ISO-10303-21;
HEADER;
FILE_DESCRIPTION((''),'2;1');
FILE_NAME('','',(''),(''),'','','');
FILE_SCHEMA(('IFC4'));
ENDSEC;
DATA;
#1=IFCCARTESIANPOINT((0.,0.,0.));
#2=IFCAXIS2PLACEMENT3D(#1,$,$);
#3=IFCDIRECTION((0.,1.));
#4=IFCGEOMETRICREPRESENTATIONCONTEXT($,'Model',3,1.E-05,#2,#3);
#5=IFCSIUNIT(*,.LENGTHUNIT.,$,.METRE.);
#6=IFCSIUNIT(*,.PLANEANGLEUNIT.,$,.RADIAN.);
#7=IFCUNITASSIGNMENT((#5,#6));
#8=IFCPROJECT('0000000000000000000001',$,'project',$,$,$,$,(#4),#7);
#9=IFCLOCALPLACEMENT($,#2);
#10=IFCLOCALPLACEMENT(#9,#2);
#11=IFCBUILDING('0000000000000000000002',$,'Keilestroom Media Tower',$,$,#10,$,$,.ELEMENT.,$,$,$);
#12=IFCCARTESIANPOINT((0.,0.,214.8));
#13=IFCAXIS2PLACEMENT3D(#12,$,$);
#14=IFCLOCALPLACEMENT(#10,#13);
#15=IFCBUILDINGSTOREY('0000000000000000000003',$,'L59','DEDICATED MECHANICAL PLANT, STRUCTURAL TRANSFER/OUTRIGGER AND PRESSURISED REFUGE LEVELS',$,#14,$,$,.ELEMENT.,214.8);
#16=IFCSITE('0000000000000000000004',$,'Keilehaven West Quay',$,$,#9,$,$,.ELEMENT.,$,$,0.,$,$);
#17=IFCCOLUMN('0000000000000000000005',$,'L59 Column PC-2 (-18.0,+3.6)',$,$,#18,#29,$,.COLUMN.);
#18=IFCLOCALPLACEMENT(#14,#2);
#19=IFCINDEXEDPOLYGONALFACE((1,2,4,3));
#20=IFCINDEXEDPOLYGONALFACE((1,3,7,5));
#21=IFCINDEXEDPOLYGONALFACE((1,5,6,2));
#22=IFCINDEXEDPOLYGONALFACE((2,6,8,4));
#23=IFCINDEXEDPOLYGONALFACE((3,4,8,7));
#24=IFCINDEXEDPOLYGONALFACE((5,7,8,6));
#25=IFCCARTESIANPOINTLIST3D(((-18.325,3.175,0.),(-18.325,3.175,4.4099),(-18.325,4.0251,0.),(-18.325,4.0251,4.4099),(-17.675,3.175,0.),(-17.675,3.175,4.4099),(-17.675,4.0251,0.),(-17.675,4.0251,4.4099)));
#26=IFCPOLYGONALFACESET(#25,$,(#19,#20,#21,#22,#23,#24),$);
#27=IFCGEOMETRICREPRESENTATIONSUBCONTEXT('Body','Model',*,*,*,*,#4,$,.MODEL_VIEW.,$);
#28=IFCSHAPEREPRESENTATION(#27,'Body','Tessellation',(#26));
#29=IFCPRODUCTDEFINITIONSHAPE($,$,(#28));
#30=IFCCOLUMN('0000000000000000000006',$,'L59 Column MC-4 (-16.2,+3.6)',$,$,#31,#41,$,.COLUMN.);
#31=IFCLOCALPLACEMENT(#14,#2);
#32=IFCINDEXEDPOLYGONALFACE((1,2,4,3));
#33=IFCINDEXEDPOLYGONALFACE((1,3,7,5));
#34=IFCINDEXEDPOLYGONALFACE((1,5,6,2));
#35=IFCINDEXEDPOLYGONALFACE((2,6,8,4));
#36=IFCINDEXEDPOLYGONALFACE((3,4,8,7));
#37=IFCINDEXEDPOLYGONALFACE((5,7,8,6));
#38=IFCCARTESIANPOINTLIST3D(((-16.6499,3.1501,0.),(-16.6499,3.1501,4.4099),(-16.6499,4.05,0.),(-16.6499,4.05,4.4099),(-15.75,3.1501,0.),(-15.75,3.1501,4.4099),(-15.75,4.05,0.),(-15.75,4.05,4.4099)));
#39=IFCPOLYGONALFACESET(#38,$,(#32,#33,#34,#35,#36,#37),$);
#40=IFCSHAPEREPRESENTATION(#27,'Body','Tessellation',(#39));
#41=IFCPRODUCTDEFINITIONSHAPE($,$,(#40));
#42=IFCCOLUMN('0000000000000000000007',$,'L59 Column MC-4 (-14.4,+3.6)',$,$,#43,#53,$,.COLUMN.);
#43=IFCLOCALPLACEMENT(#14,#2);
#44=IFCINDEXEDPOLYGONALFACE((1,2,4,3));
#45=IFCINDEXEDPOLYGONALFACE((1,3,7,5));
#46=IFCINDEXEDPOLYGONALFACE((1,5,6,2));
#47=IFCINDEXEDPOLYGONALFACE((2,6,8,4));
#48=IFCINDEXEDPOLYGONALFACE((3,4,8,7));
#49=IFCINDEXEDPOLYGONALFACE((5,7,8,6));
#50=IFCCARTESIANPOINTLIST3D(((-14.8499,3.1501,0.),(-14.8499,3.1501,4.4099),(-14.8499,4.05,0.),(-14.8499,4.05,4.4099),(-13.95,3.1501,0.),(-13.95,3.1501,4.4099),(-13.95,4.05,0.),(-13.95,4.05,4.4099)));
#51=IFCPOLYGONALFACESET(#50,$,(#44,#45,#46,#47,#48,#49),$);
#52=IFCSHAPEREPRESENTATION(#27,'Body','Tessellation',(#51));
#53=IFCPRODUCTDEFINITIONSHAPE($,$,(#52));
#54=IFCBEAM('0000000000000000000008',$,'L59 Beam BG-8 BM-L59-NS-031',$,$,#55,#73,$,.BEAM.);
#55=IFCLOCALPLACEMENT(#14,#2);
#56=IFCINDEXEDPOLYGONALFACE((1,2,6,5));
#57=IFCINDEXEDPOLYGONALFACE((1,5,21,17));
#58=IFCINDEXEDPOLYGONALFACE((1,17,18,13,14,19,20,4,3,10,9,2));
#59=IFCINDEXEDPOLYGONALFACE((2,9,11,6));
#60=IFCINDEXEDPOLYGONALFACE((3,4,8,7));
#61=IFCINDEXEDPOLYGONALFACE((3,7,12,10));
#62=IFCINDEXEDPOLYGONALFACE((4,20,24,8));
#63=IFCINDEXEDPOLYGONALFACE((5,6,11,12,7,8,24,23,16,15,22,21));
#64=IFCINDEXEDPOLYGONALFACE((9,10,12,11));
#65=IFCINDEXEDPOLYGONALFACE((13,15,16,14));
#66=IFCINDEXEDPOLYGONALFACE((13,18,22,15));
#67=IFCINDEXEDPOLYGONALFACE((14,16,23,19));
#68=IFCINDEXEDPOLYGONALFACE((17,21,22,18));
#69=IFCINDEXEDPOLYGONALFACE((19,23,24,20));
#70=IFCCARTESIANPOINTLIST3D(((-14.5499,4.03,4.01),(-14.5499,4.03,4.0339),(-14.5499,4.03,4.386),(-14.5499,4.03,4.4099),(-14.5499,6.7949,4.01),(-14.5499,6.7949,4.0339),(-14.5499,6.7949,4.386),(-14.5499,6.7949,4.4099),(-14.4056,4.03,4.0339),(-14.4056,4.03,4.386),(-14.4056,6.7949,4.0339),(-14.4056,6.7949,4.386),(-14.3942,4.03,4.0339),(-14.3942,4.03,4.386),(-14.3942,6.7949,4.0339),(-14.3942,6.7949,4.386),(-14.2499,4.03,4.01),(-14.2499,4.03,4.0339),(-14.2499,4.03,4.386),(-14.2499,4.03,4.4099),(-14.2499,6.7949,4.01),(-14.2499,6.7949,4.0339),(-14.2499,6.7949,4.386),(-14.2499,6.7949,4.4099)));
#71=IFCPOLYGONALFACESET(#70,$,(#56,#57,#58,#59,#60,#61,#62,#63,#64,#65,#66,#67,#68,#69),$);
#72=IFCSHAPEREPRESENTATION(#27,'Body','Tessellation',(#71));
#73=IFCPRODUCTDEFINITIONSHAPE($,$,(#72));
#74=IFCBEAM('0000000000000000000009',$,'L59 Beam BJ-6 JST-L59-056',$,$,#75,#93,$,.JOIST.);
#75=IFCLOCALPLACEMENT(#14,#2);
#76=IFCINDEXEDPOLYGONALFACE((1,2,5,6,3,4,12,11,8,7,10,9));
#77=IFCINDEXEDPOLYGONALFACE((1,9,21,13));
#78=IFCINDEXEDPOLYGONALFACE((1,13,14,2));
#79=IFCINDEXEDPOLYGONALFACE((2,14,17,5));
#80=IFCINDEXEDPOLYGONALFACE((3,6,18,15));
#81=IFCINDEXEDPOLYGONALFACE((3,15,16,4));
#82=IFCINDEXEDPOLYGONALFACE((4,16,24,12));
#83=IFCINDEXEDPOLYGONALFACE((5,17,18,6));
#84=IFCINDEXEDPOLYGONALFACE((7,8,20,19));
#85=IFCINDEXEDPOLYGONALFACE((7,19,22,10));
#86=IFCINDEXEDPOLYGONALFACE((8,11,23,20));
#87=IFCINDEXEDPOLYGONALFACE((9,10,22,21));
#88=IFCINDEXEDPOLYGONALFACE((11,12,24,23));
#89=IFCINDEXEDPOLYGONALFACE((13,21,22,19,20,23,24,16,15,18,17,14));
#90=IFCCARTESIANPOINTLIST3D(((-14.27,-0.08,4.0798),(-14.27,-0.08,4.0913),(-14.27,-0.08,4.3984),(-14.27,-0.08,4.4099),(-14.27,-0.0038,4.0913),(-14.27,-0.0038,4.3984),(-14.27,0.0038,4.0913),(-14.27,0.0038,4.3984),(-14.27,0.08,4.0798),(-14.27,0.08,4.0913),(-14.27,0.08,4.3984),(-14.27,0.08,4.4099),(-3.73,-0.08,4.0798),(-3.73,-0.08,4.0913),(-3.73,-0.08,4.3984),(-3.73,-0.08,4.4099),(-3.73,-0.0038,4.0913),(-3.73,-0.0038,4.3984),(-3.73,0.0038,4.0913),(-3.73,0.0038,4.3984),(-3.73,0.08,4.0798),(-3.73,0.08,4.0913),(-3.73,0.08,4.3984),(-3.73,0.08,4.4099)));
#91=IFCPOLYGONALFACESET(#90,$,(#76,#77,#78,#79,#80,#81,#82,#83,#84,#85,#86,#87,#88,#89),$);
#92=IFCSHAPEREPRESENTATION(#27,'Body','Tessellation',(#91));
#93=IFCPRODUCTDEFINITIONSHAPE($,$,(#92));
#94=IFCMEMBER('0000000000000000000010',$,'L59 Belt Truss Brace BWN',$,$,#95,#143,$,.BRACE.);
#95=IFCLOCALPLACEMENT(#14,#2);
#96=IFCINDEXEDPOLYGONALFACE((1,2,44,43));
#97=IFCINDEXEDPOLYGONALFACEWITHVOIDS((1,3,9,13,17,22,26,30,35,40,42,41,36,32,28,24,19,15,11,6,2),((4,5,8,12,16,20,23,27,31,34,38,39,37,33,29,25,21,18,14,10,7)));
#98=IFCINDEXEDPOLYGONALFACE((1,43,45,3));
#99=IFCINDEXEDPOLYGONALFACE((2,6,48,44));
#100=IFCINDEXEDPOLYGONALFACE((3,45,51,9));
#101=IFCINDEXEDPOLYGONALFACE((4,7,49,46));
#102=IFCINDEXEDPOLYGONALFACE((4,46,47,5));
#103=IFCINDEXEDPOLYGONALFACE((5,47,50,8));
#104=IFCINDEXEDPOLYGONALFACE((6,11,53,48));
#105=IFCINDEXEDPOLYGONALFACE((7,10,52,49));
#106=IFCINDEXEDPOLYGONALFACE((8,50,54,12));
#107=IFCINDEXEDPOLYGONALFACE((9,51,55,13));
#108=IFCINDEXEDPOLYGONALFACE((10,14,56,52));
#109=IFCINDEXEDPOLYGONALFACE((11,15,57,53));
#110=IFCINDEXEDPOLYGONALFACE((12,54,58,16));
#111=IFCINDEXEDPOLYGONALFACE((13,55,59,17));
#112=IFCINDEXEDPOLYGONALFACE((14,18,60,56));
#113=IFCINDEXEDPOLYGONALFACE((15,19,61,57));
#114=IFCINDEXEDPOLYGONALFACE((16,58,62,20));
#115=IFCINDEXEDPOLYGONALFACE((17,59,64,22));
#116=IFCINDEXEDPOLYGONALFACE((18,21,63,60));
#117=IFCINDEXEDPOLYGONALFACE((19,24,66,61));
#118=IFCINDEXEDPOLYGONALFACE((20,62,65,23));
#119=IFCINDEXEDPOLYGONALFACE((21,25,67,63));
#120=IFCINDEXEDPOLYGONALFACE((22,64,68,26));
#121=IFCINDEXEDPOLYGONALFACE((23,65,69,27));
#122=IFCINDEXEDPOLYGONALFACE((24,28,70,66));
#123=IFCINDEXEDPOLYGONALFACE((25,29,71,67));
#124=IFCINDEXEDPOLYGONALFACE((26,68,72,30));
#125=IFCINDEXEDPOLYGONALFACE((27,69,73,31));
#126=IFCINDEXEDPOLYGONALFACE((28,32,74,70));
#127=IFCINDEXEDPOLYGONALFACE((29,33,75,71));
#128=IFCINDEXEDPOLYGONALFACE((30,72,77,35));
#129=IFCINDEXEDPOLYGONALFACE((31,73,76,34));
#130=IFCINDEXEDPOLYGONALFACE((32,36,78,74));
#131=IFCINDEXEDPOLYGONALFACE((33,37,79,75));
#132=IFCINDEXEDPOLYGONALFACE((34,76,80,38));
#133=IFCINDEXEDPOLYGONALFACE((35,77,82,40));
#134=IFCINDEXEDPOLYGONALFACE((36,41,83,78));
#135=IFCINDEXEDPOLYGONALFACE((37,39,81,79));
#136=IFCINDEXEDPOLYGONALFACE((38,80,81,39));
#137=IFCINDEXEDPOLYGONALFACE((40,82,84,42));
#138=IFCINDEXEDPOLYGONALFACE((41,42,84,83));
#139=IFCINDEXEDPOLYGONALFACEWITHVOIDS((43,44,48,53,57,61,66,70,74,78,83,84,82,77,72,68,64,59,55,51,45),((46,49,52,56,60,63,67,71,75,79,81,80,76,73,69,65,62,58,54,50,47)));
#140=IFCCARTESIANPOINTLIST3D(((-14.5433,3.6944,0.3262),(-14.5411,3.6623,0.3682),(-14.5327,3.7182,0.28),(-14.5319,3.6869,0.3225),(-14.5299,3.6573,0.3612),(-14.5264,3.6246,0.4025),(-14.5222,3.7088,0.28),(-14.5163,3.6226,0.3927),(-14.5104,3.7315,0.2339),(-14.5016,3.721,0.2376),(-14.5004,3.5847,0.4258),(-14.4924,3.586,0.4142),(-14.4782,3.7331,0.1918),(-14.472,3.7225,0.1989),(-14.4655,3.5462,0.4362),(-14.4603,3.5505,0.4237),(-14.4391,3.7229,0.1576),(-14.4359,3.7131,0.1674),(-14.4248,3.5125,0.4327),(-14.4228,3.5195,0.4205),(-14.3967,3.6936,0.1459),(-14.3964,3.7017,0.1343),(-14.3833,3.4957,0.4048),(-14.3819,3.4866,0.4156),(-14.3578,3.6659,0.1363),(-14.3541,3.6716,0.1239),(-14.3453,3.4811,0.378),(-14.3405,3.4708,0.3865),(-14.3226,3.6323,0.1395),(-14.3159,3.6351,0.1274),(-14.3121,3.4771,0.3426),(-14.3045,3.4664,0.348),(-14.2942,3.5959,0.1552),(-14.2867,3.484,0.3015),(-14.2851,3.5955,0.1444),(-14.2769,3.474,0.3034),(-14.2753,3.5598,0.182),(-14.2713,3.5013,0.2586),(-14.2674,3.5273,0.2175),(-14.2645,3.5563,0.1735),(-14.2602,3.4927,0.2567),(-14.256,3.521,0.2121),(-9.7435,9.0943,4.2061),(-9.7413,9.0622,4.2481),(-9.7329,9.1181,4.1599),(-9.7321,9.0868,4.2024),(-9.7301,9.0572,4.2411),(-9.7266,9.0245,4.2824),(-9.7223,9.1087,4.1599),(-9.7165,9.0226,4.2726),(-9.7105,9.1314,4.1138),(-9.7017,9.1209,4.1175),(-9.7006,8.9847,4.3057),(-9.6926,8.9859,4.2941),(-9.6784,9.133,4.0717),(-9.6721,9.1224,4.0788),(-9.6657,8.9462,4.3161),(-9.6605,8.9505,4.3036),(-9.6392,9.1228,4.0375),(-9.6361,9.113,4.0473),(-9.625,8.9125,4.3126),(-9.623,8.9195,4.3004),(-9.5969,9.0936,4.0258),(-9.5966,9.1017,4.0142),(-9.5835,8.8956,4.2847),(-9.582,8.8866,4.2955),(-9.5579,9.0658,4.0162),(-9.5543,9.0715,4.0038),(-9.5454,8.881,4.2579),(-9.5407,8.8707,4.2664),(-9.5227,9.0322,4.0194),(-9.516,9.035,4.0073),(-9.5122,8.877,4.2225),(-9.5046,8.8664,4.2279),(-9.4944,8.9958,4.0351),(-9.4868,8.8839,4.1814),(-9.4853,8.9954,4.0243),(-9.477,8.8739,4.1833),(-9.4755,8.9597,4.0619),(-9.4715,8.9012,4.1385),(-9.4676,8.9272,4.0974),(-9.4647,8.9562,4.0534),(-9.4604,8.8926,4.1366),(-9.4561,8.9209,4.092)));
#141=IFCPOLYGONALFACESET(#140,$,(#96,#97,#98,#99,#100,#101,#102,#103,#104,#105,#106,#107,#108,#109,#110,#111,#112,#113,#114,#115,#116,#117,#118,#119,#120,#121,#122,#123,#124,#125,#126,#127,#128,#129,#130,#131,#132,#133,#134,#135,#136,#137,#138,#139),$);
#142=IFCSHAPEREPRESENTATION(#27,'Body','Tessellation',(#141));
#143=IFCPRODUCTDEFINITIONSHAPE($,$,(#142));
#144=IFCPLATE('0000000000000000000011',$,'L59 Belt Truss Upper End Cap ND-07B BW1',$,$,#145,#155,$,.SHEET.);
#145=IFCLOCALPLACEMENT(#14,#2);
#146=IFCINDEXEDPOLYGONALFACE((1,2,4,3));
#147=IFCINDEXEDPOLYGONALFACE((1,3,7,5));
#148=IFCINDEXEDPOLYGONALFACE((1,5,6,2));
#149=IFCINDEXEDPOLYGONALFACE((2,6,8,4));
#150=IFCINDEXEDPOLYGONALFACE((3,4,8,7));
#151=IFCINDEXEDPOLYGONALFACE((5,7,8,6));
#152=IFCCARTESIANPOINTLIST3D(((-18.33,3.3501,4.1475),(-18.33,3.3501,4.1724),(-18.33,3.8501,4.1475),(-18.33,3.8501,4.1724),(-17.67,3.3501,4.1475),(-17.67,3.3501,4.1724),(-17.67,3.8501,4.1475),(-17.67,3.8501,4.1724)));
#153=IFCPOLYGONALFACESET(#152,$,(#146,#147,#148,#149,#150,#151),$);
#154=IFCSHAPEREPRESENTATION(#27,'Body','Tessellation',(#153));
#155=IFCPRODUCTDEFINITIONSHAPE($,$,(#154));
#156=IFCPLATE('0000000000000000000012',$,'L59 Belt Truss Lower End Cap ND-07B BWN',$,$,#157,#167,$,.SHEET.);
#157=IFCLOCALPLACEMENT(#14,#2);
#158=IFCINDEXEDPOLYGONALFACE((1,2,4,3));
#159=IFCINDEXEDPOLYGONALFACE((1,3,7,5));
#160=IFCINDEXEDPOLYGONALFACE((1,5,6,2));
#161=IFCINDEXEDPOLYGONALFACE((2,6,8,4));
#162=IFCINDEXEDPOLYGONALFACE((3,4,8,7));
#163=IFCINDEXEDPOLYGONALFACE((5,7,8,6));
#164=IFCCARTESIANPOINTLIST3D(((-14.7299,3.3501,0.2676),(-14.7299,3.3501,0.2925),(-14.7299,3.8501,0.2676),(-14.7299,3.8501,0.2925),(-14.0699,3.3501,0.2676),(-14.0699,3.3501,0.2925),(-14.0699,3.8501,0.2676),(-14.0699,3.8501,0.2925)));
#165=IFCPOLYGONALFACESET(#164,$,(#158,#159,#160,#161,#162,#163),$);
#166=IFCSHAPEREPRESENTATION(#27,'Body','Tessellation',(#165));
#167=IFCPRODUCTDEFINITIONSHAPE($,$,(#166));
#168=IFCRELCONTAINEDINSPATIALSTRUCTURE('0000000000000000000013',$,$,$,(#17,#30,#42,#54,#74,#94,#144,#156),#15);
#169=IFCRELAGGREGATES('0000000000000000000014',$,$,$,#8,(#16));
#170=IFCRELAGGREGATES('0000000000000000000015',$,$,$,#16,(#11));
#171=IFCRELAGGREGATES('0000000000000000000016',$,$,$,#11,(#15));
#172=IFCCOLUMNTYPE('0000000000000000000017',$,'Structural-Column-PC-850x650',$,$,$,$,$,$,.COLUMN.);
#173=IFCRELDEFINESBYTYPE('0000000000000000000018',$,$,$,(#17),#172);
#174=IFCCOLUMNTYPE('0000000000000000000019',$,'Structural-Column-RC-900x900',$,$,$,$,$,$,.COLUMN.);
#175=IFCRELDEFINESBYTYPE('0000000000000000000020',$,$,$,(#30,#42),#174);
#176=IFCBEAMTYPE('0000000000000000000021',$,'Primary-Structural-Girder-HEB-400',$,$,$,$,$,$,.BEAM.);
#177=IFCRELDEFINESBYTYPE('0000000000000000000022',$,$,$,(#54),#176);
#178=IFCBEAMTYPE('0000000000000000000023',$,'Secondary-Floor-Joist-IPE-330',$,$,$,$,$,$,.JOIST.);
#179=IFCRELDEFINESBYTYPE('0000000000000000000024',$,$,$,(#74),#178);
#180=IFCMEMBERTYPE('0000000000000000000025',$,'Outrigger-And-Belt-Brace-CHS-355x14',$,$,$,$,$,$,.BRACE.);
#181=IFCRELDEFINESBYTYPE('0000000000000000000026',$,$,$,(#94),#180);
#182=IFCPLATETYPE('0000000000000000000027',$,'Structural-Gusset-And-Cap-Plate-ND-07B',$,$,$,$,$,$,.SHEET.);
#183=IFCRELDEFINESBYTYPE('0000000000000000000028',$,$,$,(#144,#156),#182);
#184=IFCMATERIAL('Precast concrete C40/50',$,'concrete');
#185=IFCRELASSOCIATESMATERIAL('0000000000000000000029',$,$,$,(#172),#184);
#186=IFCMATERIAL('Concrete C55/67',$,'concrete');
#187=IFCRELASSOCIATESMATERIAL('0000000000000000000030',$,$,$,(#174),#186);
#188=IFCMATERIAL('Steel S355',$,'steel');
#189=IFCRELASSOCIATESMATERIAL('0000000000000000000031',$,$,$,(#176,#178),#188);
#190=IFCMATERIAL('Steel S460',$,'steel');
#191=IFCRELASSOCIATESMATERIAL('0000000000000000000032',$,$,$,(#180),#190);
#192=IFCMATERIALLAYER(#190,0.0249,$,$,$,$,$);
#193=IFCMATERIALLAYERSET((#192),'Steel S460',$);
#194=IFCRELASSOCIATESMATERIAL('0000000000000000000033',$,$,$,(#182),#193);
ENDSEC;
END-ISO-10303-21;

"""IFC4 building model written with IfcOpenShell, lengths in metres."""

from ifc_helpers import new_model, si_unit, direction, frame, origin, origin_2d, place, context, subcontext, project, spatial, rectangle, hollow_circle, i_section, extrude, source, transform, mapped, material, layer, layer_set, material_profile, profile_set, type_object, element, save


model = new_model("IFC4")

# Units and contexts
model_context = context("Model", 3, precision=1e-05, world=origin(), true_north=direction((0.0, 1.0)))
body_context = subcontext(model_context, "Body", "Model", "MODEL_VIEW")
ifc_project = project(units=[si_unit("LENGTHUNIT", "METRE"), si_unit("PLANEANGLEUNIT", "RADIAN")], contexts=[model_context])

# Site, building, storey
site_placement = place(None, origin())
site = spatial("IfcSite", under=ifc_project, at=site_placement, Name="Keilehaven West Quay", CompositionType="ELEMENT", RefElevation=0.0)
building_placement = place(site_placement, origin())
building = spatial("IfcBuilding", under=site, at=building_placement, Name="Keilestroom Media Tower", CompositionType="ELEMENT")
storey_placement = place(building_placement, frame((0.0, 0.0, 214.8)))
storey = spatial("IfcBuildingStorey", under=building, at=storey_placement, Name="L59", Description="DEDICATED MECHANICAL PLANT, STRUCTURAL TRANSFER/OUTRIGGER AND PRESSURISED REFUGE LEVELS", CompositionType="ELEMENT", Elevation=214.8)

# Columns
ifc_material_1 = material(Name="Precast concrete C40/50", Category="concrete")
ifc_material_profile_1 = material_profile(ifc_material_1, rectangle(XDim=0.6499, YDim=0.8501, at=origin_2d()), Name="PC 850x650")
ifc_profile_set_1 = profile_set([ifc_material_profile_1], Name="Precast concrete C40/50")
column_type_1 = type_object("IfcColumnType", Name="Structural-Column-PC-850x650", PredefinedType="COLUMN", material=ifc_profile_set_1)
shared_shape_1 = source(origin(), body_context, "Body", "SweptSolid", [
    extrude(rectangle(XDim=0.6499, YDim=0.8501, at=origin_2d()), origin(), (0.0, 0.0, 1.0), 4.4099),
])
column_placement = place(storey_placement, frame((-18.0, 3.6001, 0.0), z_axis=(0.0, 0.0, 1.0), x_axis=(1.0, 0.0, 0.0)))
element("IfcColumn", 1, at=column_placement, inside=storey, type_object=column_type_1, Name="L59 Column PC-2 (-18.0,+3.6)", PredefinedType="COLUMN", context=body_context, shape_type="MappedRepresentation", body=[
    mapped(shared_shape_1, transform((0.0, 0.0, 0.0), x_axis=(1.0, 0.0, 0.0), y_axis=(0.0, 1.0, 0.0), z_axis=(0.0, 0.0, 1.0), scale=1.0)),
])
ifc_material_2 = material(Name="Concrete C55/67", Category="concrete")
ifc_material_profile_2 = material_profile(ifc_material_2, rectangle(XDim=0.8999, YDim=0.8999, at=origin_2d()), Name="RC 900x900")
ifc_profile_set_2 = profile_set([ifc_material_profile_2], Name="Concrete C55/67")
column_type_2 = type_object("IfcColumnType", Name="Structural-Column-RC-900x900", PredefinedType="COLUMN", material=ifc_profile_set_2)
shared_shape_2 = source(origin(), body_context, "Body", "SweptSolid", [
    extrude(rectangle(XDim=0.8999, YDim=0.8999, at=origin_2d()), origin(), (0.0, 0.0, 1.0), 4.4099),
])
for number, where, z_axis, x_axis, name in (
    (2, (-16.2, 3.6001, 0.0), (0.0, 0.0, 1.0), (1.0, 0.0, 0.0), "L59 Column MC-4 (-16.2,+3.6)"),
    (3, (-14.3999, 3.6001, 0.0), (0.0, 0.0, 1.0), (1.0, 0.0, 0.0), "L59 Column MC-4 (-14.4,+3.6)"),
):
    element("IfcColumn", number, at=place(storey_placement, frame(where, z_axis=z_axis, x_axis=x_axis)), inside=storey, type_object=column_type_2, Name=name, PredefinedType="COLUMN", context=body_context, shape_type="MappedRepresentation", body=[
        mapped(shared_shape_2, transform((0.0, 0.0, 0.0), x_axis=(1.0, 0.0, 0.0), y_axis=(0.0, 1.0, 0.0), z_axis=(0.0, 0.0, 1.0), scale=1.0)),
    ])

# Beams
ifc_material_3 = material(Name="Steel S355", Category="steel")
ifc_material_profile_3 = material_profile(ifc_material_3, i_section(OverallWidth=0.3, OverallDepth=0.3999, WebThickness=0.0115, FlangeThickness=0.0239, at=origin_2d()), Name="HEB 400")
ifc_profile_set_3 = profile_set([ifc_material_profile_3], Name="Steel S355")
beam_type_1 = type_object("IfcBeamType", Name="Primary-Structural-Girder-HEB-400", PredefinedType="BEAM", material=ifc_profile_set_3)
shared_shape_3 = source(origin(), body_context, "Body", "SweptSolid", [
    extrude(i_section(OverallWidth=0.3, OverallDepth=0.3999, WebThickness=0.0115, FlangeThickness=0.0239, at=origin_2d()), origin(), (0.0, 0.0, 1.0), 2.7649),
])
beam_1_placement = place(storey_placement, frame((-14.3999, 4.03, 4.21), z_axis=(0.0, 1.0, 0.0), x_axis=(-1.0, 0.0, 0.0)))
element("IfcBeam", 4, at=beam_1_placement, inside=storey, type_object=beam_type_1, Name="L59 Beam BG-8 BM-L59-NS-031", PredefinedType="BEAM", context=body_context, shape_type="MappedRepresentation", body=[
    mapped(shared_shape_3, transform((0.0, 0.0, 0.0), x_axis=(1.0, 0.0, 0.0), y_axis=(0.0, 1.0, 0.0), z_axis=(0.0, 0.0, 1.0), scale=1.0)),
])
ifc_material_profile_4 = material_profile(ifc_material_3, i_section(OverallWidth=0.1599, OverallDepth=0.3301, WebThickness=0.0076, FlangeThickness=0.0115, at=origin_2d()), Name="IPE 330")
ifc_profile_set_4 = profile_set([ifc_material_profile_4], Name="Steel S355")
beam_type_2 = type_object("IfcBeamType", Name="Secondary-Floor-Joist-IPE-330", PredefinedType="JOIST", material=ifc_profile_set_4)
shared_shape_4 = source(origin(), body_context, "Body", "SweptSolid", [
    extrude(i_section(OverallWidth=0.1599, OverallDepth=0.3301, WebThickness=0.0076, FlangeThickness=0.0115, at=origin_2d()), origin(), (0.0, 0.0, 1.0), 10.54),
])
beam_2_placement = place(storey_placement, frame((-14.27, 0.0, 4.2449), z_axis=(1.0, 0.0, 0.0), x_axis=(0.0, 1.0, 0.0)))
element("IfcBeam", 5, at=beam_2_placement, inside=storey, type_object=beam_type_2, Name="L59 Beam BJ-6 JST-L59-056", PredefinedType="JOIST", context=body_context, shape_type="MappedRepresentation", body=[
    mapped(shared_shape_4, transform((0.0, 0.0, 0.0), x_axis=(1.0, 0.0, 0.0), y_axis=(0.0, 1.0, 0.0), z_axis=(0.0, 0.0, 1.0), scale=1.0)),
])

# Member
ifc_material_4 = material(Name="Steel S460", Category="steel")
ifc_material_profile_5 = material_profile(ifc_material_4, hollow_circle(Radius=0.1777, WallThickness=0.0142, at=origin_2d()), Name="CHS 355.6x14.2")
ifc_profile_set_5 = profile_set([ifc_material_profile_5], Name="Steel S460")
member_type = type_object("IfcMemberType", Name="Outrigger-And-Belt-Brace-CHS-355x14", PredefinedType="BRACE", material=ifc_profile_set_5)
shared_shape_5 = source(origin(), body_context, "Body", "SweptSolid", [
    extrude(hollow_circle(Radius=0.1777, WallThickness=0.0142, at=origin_2d()), origin(), (0.0, 0.0, 1.0), 8.2007),
])
member_placement = place(storey_placement, frame((-14.3999, 3.6001, 0.28), z_axis=(0.585296, 0.658473, 0.473119), x_axis=(-0.747417, 0.664355, 0.0)))
element("IfcMember", 6, at=member_placement, inside=storey, type_object=member_type, Name="L59 Belt Truss Brace BWN", PredefinedType="BRACE", context=body_context, shape_type="MappedRepresentation", body=[
    mapped(shared_shape_5, transform((0.0, 0.0, 0.0), x_axis=(1.0, 0.0, 0.0), y_axis=(0.0, 1.0, 0.0), z_axis=(0.0, 0.0, 1.0), scale=1.0)),
])

# Plates
ifc_layer_1 = layer(ifc_material_4, 0.0249)
ifc_layer_set_1 = layer_set([ifc_layer_1], Name="Steel S460")
plate_type = type_object("IfcPlateType", Name="Structural-Gusset-And-Cap-Plate-ND-07B", PredefinedType="SHEET", material=ifc_layer_set_1)
shared_shape_6 = source(origin(), body_context, "Body", "SweptSolid", [
    extrude(rectangle(XDim=0.6599, YDim=0.5, at=origin_2d()), origin(), (0.0, 0.0, 1.0), 0.0249),
])
for number, where, z_axis, x_axis, name in (
    (7, (-18.0, 3.6001, 4.1475), (0.0, 0.0, 1.0), (1.0, 0.0, 0.0), "L59 Belt Truss Upper End Cap ND-07B BW1"),
    (8, (-14.3999, 3.6001, 0.2676), (0.0, 0.0, 1.0), (1.0, 0.0, 0.0), "L59 Belt Truss Lower End Cap ND-07B BWN"),
):
    element("IfcPlate", number, at=place(storey_placement, frame(where, z_axis=z_axis, x_axis=x_axis)), inside=storey, type_object=plate_type, Name=name, PredefinedType="SHEET", context=body_context, shape_type="MappedRepresentation", body=[
        mapped(shared_shape_6, transform((0.0, 0.0, 0.0), x_axis=(1.0, 0.0, 0.0), y_axis=(0.0, 1.0, 0.0), z_axis=(0.0, 0.0, 1.0), scale=1.0)),
    ])

save(model, "model.ifc")
